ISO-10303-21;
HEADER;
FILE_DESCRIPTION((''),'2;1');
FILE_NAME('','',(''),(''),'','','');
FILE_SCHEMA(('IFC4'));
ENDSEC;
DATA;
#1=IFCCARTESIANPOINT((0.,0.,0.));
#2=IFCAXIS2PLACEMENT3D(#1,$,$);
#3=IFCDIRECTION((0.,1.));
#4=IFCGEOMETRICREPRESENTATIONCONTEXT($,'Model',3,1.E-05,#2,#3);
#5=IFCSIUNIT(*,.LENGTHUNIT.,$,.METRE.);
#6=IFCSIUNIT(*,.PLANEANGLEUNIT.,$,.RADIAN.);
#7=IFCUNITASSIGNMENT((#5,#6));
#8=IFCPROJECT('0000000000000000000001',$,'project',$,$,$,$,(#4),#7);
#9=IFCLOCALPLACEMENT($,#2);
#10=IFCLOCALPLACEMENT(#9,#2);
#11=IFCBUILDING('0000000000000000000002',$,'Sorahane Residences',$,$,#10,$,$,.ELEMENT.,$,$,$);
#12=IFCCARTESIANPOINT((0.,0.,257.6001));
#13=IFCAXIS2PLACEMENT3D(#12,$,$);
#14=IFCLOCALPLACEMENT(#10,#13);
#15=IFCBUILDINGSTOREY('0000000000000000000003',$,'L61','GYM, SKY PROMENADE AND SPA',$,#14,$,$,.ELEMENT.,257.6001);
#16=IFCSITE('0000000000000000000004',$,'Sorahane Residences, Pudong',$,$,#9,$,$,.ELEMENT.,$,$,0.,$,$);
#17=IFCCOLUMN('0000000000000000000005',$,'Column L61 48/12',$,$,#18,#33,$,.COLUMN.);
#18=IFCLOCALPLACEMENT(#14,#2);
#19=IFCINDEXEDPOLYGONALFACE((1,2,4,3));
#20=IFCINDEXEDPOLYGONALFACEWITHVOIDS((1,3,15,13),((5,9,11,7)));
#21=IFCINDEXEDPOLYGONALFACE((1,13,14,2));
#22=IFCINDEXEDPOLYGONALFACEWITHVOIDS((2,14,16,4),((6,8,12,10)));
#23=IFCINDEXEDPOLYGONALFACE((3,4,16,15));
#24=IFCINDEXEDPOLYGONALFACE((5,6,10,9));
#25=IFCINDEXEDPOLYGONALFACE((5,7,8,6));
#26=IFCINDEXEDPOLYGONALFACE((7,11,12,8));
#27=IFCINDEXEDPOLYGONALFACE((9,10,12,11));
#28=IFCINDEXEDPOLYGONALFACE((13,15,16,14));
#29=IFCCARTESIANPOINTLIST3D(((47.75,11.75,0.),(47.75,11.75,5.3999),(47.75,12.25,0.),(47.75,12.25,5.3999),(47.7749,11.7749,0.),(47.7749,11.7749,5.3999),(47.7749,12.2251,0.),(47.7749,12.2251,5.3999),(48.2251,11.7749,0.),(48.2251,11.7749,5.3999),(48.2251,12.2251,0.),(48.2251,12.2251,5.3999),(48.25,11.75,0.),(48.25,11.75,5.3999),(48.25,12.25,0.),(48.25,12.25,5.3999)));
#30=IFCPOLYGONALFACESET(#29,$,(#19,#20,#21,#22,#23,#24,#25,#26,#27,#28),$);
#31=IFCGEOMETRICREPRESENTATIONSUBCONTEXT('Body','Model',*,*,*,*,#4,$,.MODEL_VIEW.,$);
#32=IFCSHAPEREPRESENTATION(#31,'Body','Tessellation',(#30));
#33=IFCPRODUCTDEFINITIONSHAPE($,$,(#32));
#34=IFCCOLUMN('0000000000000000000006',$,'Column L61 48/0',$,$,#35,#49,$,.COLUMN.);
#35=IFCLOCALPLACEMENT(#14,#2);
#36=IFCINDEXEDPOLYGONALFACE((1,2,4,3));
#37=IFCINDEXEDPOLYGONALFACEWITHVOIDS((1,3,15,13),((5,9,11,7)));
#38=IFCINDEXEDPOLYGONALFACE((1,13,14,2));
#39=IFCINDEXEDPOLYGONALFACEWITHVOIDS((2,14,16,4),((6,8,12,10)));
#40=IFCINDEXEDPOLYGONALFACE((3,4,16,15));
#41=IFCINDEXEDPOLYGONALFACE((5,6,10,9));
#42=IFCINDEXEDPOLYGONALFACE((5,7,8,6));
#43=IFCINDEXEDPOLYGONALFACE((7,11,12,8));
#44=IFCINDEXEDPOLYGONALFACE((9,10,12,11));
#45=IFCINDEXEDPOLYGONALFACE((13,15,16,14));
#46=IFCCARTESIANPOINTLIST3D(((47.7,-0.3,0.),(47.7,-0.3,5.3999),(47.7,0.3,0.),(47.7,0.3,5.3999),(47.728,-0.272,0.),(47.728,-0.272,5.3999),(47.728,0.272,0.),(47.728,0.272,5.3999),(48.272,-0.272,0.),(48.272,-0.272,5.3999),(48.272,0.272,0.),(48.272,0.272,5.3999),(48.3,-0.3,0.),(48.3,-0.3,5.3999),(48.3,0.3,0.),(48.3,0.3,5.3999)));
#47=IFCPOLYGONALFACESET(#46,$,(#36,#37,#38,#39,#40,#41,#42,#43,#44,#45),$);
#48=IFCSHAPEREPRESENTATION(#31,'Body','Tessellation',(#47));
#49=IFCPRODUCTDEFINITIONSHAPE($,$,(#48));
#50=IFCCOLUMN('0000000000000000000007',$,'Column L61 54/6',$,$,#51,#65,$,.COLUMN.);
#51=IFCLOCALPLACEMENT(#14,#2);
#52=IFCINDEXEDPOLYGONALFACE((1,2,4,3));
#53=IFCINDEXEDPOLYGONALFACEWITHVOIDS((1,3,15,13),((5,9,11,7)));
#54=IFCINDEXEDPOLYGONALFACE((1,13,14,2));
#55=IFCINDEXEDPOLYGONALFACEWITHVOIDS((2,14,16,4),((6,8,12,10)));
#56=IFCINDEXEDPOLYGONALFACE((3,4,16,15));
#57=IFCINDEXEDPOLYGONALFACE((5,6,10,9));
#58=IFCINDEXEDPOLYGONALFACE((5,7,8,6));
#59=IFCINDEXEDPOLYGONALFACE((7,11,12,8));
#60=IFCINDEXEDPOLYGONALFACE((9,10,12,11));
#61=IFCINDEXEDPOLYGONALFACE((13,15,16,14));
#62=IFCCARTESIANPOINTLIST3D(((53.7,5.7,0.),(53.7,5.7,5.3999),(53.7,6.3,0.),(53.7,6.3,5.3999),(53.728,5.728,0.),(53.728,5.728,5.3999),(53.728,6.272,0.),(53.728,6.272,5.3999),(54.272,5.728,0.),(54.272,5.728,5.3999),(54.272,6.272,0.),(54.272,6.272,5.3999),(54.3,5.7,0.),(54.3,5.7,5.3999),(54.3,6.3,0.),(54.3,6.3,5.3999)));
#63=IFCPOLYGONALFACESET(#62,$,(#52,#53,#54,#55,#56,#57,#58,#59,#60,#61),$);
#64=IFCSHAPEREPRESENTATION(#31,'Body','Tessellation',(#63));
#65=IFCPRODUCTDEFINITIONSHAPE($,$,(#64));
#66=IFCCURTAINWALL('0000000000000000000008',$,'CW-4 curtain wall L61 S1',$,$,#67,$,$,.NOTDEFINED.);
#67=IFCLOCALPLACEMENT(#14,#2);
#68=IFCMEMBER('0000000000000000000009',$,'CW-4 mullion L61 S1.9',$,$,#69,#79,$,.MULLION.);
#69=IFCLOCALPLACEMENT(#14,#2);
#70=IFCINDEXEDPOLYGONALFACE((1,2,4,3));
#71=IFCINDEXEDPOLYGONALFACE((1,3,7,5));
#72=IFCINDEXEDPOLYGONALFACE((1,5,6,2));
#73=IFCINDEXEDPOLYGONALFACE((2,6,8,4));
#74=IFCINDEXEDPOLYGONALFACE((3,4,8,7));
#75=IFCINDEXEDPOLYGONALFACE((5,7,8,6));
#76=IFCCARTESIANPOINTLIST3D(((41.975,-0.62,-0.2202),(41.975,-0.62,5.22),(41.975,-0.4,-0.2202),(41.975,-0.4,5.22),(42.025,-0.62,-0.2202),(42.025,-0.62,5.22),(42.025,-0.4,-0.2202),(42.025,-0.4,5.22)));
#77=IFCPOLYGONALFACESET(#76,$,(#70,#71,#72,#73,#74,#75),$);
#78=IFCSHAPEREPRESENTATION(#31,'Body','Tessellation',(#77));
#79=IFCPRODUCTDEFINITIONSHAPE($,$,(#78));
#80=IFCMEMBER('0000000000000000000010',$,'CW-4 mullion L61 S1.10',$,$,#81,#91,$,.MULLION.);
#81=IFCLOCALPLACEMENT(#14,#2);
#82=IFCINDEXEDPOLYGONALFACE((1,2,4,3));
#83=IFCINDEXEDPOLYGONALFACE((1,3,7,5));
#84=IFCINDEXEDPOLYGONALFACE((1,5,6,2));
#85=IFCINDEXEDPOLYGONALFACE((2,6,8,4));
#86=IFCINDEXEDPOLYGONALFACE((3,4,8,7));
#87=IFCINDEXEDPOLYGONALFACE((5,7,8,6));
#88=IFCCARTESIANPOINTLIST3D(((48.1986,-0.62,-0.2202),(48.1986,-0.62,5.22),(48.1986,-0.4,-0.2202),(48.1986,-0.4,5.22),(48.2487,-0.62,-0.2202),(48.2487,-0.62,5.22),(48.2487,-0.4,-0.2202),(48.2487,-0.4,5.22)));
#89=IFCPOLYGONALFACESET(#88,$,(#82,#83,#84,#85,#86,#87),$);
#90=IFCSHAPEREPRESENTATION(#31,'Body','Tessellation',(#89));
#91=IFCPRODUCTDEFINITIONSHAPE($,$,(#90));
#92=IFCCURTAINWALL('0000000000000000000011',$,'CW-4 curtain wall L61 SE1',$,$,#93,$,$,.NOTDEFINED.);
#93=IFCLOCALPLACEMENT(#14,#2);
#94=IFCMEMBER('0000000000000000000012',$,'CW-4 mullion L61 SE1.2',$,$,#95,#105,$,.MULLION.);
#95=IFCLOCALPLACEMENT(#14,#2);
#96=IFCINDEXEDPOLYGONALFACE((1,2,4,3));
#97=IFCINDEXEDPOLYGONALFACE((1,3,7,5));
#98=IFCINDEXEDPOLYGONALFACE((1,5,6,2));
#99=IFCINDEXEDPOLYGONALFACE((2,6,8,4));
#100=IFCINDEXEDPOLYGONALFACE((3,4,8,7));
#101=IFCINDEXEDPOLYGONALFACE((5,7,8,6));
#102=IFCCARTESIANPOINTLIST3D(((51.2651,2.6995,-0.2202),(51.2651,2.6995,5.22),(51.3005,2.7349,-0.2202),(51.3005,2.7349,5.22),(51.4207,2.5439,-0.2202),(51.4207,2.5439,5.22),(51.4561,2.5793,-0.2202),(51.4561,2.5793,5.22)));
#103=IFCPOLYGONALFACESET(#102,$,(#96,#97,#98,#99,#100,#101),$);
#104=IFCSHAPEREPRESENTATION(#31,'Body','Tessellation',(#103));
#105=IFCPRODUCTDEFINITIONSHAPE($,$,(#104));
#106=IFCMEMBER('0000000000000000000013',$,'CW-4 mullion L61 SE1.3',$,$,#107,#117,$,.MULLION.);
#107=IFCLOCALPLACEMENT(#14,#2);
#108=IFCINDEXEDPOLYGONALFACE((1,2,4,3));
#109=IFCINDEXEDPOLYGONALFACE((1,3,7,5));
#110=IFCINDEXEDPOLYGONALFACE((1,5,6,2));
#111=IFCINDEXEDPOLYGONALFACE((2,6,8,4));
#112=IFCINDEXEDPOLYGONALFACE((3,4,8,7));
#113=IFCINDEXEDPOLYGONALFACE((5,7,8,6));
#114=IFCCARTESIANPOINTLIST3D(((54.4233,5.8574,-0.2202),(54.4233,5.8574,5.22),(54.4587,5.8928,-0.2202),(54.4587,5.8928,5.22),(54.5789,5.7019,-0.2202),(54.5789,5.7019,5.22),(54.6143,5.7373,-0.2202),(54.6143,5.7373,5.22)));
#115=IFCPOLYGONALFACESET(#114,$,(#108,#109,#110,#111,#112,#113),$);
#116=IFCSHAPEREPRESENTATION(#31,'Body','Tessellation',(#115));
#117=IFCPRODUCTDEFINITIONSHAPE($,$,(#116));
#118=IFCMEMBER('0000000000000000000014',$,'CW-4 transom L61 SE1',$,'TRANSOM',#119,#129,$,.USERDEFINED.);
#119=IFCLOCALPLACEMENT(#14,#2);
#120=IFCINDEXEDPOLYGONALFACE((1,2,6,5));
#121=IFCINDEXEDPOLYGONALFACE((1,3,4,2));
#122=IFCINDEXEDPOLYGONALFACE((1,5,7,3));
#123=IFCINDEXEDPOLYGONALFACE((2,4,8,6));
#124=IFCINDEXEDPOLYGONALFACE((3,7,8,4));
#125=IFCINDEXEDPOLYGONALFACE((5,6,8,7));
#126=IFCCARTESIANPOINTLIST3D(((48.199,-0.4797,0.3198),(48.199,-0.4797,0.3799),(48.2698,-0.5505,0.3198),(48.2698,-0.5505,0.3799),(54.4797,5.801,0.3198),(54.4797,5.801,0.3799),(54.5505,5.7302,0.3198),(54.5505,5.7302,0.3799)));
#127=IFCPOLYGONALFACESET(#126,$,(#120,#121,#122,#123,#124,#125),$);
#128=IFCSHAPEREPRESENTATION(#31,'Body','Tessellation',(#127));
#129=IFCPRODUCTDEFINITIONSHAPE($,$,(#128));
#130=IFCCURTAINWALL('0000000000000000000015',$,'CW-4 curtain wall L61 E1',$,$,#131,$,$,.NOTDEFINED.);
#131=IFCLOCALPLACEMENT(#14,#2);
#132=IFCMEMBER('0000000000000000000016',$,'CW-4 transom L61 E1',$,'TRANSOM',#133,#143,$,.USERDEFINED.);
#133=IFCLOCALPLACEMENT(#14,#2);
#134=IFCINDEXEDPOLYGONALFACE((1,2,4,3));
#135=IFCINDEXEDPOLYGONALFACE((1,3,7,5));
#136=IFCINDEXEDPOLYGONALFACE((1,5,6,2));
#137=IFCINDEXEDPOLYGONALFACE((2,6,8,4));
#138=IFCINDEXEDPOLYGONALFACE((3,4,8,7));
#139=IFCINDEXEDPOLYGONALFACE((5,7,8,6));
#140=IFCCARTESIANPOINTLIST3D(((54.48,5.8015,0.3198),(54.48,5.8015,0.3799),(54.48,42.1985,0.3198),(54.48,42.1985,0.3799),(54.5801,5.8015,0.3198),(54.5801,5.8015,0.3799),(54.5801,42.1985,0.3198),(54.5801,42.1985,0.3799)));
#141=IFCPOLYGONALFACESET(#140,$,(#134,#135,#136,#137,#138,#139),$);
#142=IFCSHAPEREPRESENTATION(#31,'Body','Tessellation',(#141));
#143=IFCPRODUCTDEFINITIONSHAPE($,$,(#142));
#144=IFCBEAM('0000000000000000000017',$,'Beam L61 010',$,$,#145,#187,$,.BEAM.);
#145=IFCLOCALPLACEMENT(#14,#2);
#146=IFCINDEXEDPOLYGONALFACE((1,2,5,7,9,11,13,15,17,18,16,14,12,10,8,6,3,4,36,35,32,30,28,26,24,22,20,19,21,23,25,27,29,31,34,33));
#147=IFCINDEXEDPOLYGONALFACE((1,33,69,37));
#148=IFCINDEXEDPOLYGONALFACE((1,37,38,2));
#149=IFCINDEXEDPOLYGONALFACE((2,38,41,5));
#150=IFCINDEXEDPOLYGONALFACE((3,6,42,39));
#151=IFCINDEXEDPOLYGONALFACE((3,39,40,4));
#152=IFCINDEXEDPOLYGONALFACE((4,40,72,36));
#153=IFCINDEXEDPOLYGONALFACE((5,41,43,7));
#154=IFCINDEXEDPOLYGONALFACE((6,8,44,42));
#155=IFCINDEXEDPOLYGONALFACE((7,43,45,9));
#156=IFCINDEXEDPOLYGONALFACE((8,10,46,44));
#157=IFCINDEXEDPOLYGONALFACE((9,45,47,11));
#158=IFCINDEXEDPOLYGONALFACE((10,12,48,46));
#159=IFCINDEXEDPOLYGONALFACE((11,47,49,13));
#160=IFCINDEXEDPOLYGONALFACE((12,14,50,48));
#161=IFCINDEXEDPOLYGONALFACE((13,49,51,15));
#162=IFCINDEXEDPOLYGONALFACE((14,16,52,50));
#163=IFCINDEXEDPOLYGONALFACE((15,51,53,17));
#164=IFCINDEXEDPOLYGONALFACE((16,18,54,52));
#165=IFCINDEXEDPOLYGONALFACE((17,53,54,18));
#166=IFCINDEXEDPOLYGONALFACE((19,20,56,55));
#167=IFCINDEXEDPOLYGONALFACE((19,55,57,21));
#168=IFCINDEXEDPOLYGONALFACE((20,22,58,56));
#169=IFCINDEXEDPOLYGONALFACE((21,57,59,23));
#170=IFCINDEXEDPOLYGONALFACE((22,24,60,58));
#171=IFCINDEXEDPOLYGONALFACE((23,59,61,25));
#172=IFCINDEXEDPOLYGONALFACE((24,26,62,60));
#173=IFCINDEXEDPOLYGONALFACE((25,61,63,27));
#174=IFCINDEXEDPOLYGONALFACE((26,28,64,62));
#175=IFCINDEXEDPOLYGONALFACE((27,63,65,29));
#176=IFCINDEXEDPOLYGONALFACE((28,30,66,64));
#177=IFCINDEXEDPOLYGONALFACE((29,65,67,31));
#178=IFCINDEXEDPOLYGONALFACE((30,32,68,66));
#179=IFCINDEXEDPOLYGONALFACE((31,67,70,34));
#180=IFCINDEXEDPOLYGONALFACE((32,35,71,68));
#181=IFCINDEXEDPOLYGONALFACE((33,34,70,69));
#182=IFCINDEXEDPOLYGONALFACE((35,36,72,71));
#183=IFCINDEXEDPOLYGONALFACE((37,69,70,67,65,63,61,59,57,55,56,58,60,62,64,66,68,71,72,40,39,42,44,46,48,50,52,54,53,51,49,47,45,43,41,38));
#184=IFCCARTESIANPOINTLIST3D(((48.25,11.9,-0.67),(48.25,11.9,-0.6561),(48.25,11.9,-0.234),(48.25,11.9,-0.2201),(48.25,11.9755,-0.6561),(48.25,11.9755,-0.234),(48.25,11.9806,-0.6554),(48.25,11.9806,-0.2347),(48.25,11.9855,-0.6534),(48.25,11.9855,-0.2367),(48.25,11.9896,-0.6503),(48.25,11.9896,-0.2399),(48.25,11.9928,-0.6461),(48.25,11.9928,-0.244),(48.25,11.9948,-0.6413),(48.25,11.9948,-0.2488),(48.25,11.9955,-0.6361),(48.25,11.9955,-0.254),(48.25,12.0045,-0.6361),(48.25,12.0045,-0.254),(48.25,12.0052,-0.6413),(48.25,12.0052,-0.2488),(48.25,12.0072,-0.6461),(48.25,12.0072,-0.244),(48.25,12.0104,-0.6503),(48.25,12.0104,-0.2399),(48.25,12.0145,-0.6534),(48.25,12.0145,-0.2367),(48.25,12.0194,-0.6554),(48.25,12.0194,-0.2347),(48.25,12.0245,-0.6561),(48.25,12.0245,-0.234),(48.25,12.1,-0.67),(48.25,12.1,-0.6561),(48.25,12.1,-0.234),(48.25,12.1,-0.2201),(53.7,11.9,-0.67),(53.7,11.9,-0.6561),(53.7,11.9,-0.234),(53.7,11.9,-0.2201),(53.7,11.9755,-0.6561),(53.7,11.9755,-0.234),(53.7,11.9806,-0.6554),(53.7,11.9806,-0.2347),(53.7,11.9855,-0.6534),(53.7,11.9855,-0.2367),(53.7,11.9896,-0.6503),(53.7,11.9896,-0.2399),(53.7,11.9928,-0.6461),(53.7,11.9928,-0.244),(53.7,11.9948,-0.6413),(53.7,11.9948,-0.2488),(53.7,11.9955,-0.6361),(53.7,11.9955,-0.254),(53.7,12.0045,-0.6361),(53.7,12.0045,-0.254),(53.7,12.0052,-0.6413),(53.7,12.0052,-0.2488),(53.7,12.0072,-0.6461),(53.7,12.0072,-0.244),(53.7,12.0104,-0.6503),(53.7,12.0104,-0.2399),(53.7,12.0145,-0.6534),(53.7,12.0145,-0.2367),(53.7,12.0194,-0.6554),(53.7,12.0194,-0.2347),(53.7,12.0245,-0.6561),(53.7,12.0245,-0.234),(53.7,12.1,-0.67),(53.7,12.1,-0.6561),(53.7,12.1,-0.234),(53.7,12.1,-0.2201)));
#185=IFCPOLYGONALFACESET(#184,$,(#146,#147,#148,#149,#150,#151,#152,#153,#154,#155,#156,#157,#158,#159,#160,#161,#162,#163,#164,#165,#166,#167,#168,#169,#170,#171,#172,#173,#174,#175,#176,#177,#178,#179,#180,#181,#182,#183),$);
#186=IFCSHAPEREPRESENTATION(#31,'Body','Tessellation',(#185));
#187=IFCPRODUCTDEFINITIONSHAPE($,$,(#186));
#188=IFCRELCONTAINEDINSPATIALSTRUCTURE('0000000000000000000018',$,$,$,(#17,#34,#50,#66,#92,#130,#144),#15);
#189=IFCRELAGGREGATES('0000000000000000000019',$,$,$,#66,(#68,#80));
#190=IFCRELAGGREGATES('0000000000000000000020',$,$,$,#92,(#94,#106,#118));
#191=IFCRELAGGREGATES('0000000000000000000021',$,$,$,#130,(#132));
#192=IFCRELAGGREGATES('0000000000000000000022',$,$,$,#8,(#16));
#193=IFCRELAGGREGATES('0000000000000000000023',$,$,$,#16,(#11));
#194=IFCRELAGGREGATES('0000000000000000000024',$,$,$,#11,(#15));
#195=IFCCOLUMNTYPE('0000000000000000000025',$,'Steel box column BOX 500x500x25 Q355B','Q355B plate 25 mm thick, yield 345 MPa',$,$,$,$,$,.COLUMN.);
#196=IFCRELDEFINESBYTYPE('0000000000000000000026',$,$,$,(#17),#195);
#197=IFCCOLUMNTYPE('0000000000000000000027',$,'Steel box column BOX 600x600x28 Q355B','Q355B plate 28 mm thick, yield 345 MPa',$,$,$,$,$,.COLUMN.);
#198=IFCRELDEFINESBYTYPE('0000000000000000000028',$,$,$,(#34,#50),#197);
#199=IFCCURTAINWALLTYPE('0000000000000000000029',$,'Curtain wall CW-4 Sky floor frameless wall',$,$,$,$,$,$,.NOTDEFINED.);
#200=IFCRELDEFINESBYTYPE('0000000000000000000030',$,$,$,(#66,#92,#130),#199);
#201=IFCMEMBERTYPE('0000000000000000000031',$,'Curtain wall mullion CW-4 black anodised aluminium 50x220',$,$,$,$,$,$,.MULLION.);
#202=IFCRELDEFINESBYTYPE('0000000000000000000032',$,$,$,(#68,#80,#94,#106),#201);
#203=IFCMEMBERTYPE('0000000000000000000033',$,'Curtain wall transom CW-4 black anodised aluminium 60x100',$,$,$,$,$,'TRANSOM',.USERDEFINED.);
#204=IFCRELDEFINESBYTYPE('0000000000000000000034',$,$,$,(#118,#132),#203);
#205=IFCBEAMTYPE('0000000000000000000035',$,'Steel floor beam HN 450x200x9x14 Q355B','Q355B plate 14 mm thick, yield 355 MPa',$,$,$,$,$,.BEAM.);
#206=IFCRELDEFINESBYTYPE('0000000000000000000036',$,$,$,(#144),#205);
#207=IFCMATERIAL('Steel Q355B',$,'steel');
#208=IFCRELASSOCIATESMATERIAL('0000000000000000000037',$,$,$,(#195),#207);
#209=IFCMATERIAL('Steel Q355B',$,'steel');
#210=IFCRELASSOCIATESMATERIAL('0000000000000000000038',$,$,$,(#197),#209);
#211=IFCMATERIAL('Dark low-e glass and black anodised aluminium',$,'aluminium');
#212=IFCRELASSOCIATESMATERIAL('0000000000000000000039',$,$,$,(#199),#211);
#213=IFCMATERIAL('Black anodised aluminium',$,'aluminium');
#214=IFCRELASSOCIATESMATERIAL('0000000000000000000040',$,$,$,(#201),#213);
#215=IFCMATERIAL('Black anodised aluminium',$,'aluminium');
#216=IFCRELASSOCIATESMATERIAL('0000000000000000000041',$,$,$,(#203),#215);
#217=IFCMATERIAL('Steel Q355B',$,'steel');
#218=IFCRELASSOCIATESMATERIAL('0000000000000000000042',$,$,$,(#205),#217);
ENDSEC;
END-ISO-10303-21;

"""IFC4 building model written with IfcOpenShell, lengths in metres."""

from ifc_helpers import new_model, si_unit, direction, frame, origin, origin_2d, place, context, subcontext, project, spatial, rectangle, hollow_rectangle, i_section, extrude, material, material_profile, profile_set, type_object, element, aggregate, save


model = new_model("IFC4")

# Units and contexts
model_context = context("Model", 3, precision=1e-05, world=origin(), true_north=direction((0.0, 1.0)))
body_context = subcontext(model_context, "Body", "Model", "MODEL_VIEW")
ifc_project = project(units=[si_unit("LENGTHUNIT", "METRE"), si_unit("PLANEANGLEUNIT", "RADIAN")], contexts=[model_context])

# Site, building, storey
site_placement = place(None, origin())
site = spatial("IfcSite", under=ifc_project, at=site_placement, Name="Sorahane Residences, Pudong", CompositionType="ELEMENT", RefElevation=0.0)
building_placement = place(site_placement, origin())
building = spatial("IfcBuilding", under=site, at=building_placement, Name="Sorahane Residences", CompositionType="ELEMENT")
storey_placement = place(building_placement, frame((0.0, 0.0, 257.6001)))
storey = spatial("IfcBuildingStorey", under=building, at=storey_placement, Name="L61", Description="GYM, SKY PROMENADE AND SPA", CompositionType="ELEMENT", Elevation=257.6001)

# Columns
ifc_material_1 = material(Name="Steel Q355B", Category="steel")
ifc_material_profile_1 = material_profile(ifc_material_1, hollow_rectangle(XDim=0.5, YDim=0.5, WallThickness=0.0249, at=origin_2d()), Name="BOX 500x500x25")
ifc_profile_set_1 = profile_set([ifc_material_profile_1], Name="Steel Q355B")
column_type_1 = type_object("IfcColumnType", Name="Steel box column BOX 500x500x25 Q355B", Description="Q355B plate 25 mm thick, yield 345 MPa", PredefinedType="COLUMN", material=ifc_profile_set_1)
column_placement = place(storey_placement, frame((48.0, 12.0, 0.0), z_axis=(0.0, 0.0, 1.0), x_axis=(1.0, 0.0, 0.0)))
element("IfcColumn", 1, at=column_placement, inside=storey, type_object=column_type_1, Name="Column L61 48/12", PredefinedType="COLUMN", context=body_context, shape_type="SweptSolid", body=[
    extrude(hollow_rectangle(XDim=0.5, YDim=0.5, WallThickness=0.0249, at=origin_2d()), origin(), (0.0, 0.0, 1.0), 5.3999),
])
ifc_material_2 = material(Name="Steel Q355B", Category="steel")
ifc_material_profile_2 = material_profile(ifc_material_2, hollow_rectangle(XDim=0.6001, YDim=0.6001, WallThickness=0.0281, at=origin_2d()), Name="BOX 600x600x28")
ifc_profile_set_2 = profile_set([ifc_material_profile_2], Name="Steel Q355B")
column_type_2 = type_object("IfcColumnType", Name="Steel box column BOX 600x600x28 Q355B", Description="Q355B plate 28 mm thick, yield 345 MPa", PredefinedType="COLUMN", material=ifc_profile_set_2)
for number, where, z_axis, x_axis, name in (
    (2, (48.0, 0.0, 0.0), (0.0, 0.0, 1.0), (1.0, 0.0, 0.0), "Column L61 48/0"),
    (3, (54.0, 6.0, 0.0), (0.0, 0.0, 1.0), (1.0, 0.0, 0.0), "Column L61 54/6"),
):
    element("IfcColumn", number, at=place(storey_placement, frame(where, z_axis=z_axis, x_axis=x_axis)), inside=storey, type_object=column_type_2, Name=name, PredefinedType="COLUMN", context=body_context, shape_type="SweptSolid", body=[
        extrude(hollow_rectangle(XDim=0.6001, YDim=0.6001, WallThickness=0.0281, at=origin_2d()), origin(), (0.0, 0.0, 1.0), 5.3999),
    ])

# Curtain walls, members
ifc_material_3 = material(Name="Dark low-e glass and black anodised aluminium", Category="aluminium")
curtain_wall_type = type_object("IfcCurtainWallType", Name="Curtain wall CW-4 Sky floor frameless wall", PredefinedType="NOTDEFINED", material=ifc_material_3)
curtain_wall_1_placement = place(storey_placement, origin())
curtain_wall_1 = element("IfcCurtainWall", 4, at=curtain_wall_1_placement, inside=storey, type_object=curtain_wall_type, Name="CW-4 curtain wall L61 S1", PredefinedType="NOTDEFINED")
ifc_material_4 = material(Name="Black anodised aluminium", Category="aluminium")
ifc_material_profile_3 = material_profile(ifc_material_4, rectangle(XDim=0.22, YDim=0.05, at=origin_2d()), Name="Curtain wall mullion CW-4 black anodised aluminium 50x220")
ifc_profile_set_3 = profile_set([ifc_material_profile_3], Name="Black anodised aluminium")
member_type_1 = type_object("IfcMemberType", Name="Curtain wall mullion CW-4 black anodised aluminium 50x220", PredefinedType="MULLION", material=ifc_profile_set_3)
member_1_placement = place(storey_placement, frame((42.0, -0.51, -0.2202), z_axis=(0.0, 0.0, 1.0), x_axis=(0.0, -1.0, 0.0)))
member_1 = element("IfcMember", 5, at=member_1_placement, type_object=member_type_1, Name="CW-4 mullion L61 S1.9", PredefinedType="MULLION", context=body_context, shape_type="SweptSolid", body=[
    extrude(rectangle(XDim=0.22, YDim=0.05, at=origin_2d()), origin(), (0.0, 0.0, 1.0), 5.4402),
])
member_2_placement = place(storey_placement, frame((48.2236, -0.51, -0.2202), z_axis=(0.0, 0.0, 1.0), x_axis=(0.0, -1.0, 0.0)))
member_2 = element("IfcMember", 6, at=member_2_placement, type_object=member_type_1, Name="CW-4 mullion L61 S1.10", PredefinedType="MULLION", context=body_context, shape_type="SweptSolid", body=[
    extrude(rectangle(XDim=0.22, YDim=0.05, at=origin_2d()), origin(), (0.0, 0.0, 1.0), 5.4402),
])
curtain_wall_2_placement = place(storey_placement, origin())
curtain_wall_2 = element("IfcCurtainWall", 7, at=curtain_wall_2_placement, inside=storey, type_object=curtain_wall_type, Name="CW-4 curtain wall L61 SE1", PredefinedType="NOTDEFINED")
member_3_placement = place(storey_placement, frame((51.3606, 2.6394, -0.2202), z_axis=(0.0, 0.0, 1.0), x_axis=(0.707107, -0.707107, 0.0)))
member_3 = element("IfcMember", 8, at=member_3_placement, type_object=member_type_1, Name="CW-4 mullion L61 SE1.2", PredefinedType="MULLION", context=body_context, shape_type="SweptSolid", body=[
    extrude(rectangle(XDim=0.22, YDim=0.05, at=origin_2d()), origin(), (0.0, 0.0, 1.0), 5.4402),
])
member_4_placement = place(storey_placement, frame((54.5188, 5.7974, -0.2202), z_axis=(0.0, 0.0, 1.0), x_axis=(0.707107, -0.707107, 0.0)))
member_4 = element("IfcMember", 9, at=member_4_placement, type_object=member_type_1, Name="CW-4 mullion L61 SE1.3", PredefinedType="MULLION", context=body_context, shape_type="SweptSolid", body=[
    extrude(rectangle(XDim=0.22, YDim=0.05, at=origin_2d()), origin(), (0.0, 0.0, 1.0), 5.4402),
])
ifc_material_5 = material(Name="Black anodised aluminium", Category="aluminium")
ifc_material_profile_4 = material_profile(ifc_material_5, rectangle(XDim=0.1001, YDim=0.0601, at=origin_2d()), Name="Curtain wall transom CW-4 black anodised aluminium 60x100")
ifc_profile_set_4 = profile_set([ifc_material_profile_4], Name="Black anodised aluminium")
member_type_2 = type_object("IfcMemberType", Name="Curtain wall transom CW-4 black anodised aluminium 60x100", ElementType="TRANSOM", PredefinedType="USERDEFINED", material=ifc_profile_set_4)
member_5_placement = place(storey_placement, frame((48.2344, -0.5151, 0.3499), z_axis=(0.707107, 0.707107, 0.0), x_axis=(-0.707107, 0.707107, 0.0)))
member_5 = element("IfcMember", 10, at=member_5_placement, type_object=member_type_2, Name="CW-4 transom L61 SE1", ObjectType="TRANSOM", PredefinedType="USERDEFINED", context=body_context, shape_type="SweptSolid", body=[
    extrude(rectangle(XDim=0.1001, YDim=0.0601, at=origin_2d()), origin(), (0.0, 0.0, 1.0), 8.8823),
])

# Curtain wall, member
curtain_wall_3_placement = place(storey_placement, origin())
curtain_wall_3 = element("IfcCurtainWall", 11, at=curtain_wall_3_placement, inside=storey, type_object=curtain_wall_type, Name="CW-4 curtain wall L61 E1", PredefinedType="NOTDEFINED")
member_6_placement = place(storey_placement, frame((54.53, 5.8015, 0.3499), z_axis=(0.0, 1.0, 0.0), x_axis=(-1.0, 0.0, 0.0)))
member_6 = element("IfcMember", 12, at=member_6_placement, type_object=member_type_2, Name="CW-4 transom L61 E1", ObjectType="TRANSOM", PredefinedType="USERDEFINED", context=body_context, shape_type="SweptSolid", body=[
    extrude(rectangle(XDim=0.1001, YDim=0.0601, at=origin_2d()), origin(), (0.0, 0.0, 1.0), 36.397),
])

# Beam
ifc_material_6 = material(Name="Steel Q355B", Category="steel")
ifc_material_profile_5 = material_profile(ifc_material_6, i_section(OverallWidth=0.2, OverallDepth=0.45, WebThickness=0.009, FlangeThickness=0.0139, FilletRadius=0.02, at=origin_2d()), Name="HN 450x200x9x14")
ifc_profile_set_5 = profile_set([ifc_material_profile_5], Name="Steel Q355B")
beam_type_1 = type_object("IfcBeamType", Name="Steel floor beam HN 450x200x9x14 Q355B", Description="Q355B plate 14 mm thick, yield 355 MPa", PredefinedType="BEAM", material=ifc_profile_set_5)
beam_1_placement = place(storey_placement, frame((48.25, 12.0, -0.4451), z_axis=(1.0, 0.0, 0.0), x_axis=(0.0, 1.0, 0.0)))
element("IfcBeam", 13, at=beam_1_placement, inside=storey, type_object=beam_type_1, Name="Beam L61 010", PredefinedType="BEAM", context=body_context, shape_type="SweptSolid", body=[
    extrude(i_section(OverallWidth=0.2, OverallDepth=0.45, WebThickness=0.009, FlangeThickness=0.0139, FilletRadius=0.02, at=origin_2d()), origin(), (0.0, 0.0, 1.0), 5.45),
])

aggregate(curtain_wall_1, [member_1, member_2])
aggregate(curtain_wall_2, [member_3, member_4, member_5])
aggregate(curtain_wall_3, [member_6])

save(model, "model.ifc")
